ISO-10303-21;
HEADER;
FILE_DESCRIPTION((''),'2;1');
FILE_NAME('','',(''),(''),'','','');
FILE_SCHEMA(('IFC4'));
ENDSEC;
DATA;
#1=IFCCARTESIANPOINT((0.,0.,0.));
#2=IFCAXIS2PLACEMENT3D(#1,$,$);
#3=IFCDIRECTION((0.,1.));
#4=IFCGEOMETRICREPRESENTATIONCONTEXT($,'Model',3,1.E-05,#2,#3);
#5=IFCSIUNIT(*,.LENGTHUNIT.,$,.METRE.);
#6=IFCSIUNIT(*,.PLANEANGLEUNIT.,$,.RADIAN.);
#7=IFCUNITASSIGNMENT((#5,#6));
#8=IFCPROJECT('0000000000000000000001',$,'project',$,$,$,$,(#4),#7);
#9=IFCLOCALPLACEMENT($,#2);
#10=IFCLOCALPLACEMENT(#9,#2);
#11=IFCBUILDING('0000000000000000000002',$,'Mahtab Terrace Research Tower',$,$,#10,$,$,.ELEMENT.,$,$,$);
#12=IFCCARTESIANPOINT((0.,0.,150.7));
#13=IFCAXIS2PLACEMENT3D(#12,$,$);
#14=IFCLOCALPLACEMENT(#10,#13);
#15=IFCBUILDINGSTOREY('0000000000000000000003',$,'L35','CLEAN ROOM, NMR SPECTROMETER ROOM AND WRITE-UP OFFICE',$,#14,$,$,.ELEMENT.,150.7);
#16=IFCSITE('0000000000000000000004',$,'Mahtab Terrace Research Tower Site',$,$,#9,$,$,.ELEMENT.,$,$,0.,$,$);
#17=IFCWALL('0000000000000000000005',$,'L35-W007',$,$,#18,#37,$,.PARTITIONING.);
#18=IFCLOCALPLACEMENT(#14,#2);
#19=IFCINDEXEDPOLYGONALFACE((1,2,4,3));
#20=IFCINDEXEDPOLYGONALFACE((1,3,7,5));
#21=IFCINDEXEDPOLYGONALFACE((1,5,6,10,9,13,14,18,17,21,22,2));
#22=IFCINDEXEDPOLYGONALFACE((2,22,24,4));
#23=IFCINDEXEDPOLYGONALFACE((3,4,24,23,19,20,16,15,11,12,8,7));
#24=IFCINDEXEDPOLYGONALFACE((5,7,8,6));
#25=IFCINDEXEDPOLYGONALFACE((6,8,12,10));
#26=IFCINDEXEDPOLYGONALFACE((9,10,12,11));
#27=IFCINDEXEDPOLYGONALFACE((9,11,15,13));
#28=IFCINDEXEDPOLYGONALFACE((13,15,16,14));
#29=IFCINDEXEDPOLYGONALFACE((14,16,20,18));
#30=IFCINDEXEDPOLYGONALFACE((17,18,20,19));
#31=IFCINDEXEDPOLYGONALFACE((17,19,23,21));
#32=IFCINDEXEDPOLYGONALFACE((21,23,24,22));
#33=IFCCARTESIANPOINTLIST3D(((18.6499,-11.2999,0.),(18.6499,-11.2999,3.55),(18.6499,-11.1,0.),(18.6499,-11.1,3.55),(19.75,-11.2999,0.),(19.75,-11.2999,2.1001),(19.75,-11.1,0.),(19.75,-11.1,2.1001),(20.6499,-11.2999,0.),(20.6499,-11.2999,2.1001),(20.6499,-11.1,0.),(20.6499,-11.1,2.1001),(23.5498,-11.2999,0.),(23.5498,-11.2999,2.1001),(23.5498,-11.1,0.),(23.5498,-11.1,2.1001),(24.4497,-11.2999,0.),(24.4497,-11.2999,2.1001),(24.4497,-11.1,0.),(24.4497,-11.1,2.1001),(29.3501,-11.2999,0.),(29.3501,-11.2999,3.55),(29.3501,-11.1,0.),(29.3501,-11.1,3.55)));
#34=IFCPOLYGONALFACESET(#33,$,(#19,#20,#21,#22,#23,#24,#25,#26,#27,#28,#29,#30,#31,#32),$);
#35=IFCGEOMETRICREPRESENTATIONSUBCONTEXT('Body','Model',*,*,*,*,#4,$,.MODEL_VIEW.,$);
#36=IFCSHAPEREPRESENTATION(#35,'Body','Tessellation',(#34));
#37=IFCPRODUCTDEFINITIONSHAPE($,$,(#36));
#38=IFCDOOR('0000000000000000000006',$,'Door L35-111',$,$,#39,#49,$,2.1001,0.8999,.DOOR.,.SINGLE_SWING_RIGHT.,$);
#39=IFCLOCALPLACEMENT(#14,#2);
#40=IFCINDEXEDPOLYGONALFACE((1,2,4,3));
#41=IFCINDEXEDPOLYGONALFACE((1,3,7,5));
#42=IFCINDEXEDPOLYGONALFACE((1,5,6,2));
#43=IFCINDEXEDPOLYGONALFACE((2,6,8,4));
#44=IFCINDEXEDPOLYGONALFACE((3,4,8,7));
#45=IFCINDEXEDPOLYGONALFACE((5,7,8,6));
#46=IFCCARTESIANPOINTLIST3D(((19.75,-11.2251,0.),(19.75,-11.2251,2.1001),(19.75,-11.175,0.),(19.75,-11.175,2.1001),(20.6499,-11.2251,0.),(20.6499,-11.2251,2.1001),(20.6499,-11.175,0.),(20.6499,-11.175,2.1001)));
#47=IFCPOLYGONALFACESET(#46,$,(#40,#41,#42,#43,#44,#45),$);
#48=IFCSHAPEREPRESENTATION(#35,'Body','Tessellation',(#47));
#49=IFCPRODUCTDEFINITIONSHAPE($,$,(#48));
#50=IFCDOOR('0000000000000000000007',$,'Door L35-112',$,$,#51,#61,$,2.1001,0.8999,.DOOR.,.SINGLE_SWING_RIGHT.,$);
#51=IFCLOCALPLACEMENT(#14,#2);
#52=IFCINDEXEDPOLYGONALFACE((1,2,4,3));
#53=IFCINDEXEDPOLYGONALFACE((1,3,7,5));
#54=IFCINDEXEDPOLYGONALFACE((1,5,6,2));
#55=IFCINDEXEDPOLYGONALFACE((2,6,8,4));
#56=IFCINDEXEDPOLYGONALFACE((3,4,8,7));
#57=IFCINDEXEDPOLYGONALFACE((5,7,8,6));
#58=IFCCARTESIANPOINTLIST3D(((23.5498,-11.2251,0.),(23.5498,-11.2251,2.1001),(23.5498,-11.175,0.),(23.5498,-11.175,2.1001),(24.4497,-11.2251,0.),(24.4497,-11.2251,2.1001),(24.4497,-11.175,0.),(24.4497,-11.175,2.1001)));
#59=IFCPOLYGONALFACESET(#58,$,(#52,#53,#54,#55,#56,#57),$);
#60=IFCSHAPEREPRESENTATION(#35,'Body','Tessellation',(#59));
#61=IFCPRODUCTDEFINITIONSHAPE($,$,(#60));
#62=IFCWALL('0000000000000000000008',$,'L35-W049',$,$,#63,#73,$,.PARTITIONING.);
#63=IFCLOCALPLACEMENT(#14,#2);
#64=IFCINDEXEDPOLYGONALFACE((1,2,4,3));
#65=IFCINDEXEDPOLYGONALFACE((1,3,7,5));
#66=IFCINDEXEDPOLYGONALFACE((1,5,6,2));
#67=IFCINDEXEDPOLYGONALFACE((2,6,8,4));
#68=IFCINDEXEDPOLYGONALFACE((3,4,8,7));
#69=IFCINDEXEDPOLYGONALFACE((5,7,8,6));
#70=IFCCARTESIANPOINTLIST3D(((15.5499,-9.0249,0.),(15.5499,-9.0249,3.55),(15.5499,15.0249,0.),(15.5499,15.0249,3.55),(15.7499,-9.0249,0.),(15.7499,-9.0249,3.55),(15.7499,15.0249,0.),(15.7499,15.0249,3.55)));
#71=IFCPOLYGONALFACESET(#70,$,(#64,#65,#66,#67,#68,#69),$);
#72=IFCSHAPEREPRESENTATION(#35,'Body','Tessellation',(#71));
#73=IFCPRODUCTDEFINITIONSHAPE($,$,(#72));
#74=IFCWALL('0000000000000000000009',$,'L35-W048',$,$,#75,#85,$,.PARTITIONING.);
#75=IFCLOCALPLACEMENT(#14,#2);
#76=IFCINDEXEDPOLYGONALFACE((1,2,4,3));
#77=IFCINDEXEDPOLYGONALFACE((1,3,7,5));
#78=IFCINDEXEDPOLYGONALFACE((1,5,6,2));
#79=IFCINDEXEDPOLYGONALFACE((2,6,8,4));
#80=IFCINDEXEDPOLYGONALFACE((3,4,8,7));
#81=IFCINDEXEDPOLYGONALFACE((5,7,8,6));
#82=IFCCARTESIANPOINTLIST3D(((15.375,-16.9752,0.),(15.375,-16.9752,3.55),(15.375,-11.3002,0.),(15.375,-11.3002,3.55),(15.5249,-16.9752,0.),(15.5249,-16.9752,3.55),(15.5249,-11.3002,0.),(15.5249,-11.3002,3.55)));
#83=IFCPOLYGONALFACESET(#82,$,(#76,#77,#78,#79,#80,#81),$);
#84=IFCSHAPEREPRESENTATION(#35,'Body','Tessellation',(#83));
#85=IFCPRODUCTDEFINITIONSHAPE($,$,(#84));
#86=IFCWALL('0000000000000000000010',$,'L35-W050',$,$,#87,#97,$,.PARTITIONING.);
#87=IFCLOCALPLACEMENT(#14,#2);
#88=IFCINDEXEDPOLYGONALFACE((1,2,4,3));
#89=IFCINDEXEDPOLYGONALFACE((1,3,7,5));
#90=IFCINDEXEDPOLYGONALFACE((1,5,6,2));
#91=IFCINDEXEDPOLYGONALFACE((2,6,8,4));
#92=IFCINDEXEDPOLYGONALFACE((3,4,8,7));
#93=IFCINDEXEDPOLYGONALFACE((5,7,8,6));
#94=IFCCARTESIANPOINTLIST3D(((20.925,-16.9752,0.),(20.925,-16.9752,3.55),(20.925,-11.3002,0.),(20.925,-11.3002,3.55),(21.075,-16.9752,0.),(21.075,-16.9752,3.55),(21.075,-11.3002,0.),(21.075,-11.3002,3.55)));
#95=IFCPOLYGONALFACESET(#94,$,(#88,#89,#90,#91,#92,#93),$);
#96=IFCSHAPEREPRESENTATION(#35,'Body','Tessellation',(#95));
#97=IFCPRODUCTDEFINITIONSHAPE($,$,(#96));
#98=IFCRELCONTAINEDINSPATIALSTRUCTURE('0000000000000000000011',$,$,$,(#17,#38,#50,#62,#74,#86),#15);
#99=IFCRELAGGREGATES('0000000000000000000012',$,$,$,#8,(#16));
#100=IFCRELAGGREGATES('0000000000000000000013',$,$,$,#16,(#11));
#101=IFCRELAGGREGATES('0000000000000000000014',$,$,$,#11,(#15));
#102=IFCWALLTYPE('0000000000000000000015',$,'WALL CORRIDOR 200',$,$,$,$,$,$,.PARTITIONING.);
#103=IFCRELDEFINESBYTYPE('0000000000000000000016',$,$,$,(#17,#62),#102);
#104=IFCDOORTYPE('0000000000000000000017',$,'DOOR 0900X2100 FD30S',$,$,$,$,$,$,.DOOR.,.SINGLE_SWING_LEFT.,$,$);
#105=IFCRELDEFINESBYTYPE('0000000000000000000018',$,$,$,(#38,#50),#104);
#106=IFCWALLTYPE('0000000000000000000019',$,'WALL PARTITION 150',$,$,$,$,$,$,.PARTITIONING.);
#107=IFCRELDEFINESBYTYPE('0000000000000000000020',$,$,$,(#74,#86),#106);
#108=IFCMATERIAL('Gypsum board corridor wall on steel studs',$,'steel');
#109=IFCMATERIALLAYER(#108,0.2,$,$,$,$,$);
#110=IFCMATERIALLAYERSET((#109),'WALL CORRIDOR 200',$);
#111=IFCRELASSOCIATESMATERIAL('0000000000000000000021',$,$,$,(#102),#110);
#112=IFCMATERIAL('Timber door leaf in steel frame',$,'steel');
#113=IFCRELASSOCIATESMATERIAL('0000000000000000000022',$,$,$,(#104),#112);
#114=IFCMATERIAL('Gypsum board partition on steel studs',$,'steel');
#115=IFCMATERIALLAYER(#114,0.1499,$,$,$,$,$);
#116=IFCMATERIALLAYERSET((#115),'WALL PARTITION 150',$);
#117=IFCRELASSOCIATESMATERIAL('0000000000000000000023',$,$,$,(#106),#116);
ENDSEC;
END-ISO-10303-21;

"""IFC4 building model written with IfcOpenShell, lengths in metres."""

from ifc_helpers import new_model, si_unit, direction, frame, frame_2d, origin, place, context, subcontext, project, spatial, rectangle, extrude, material, layer, layer_set, type_object, element, fill, save


model = new_model("IFC4")

# Units and contexts
model_context = context("Model", 3, precision=1e-05, world=origin(), true_north=direction((0.0, 1.0)))
body_context = subcontext(model_context, "Body", "Model", "MODEL_VIEW")
ifc_project = project(units=[si_unit("LENGTHUNIT", "METRE"), si_unit("PLANEANGLEUNIT", "RADIAN")], contexts=[model_context])

# Site, building, storey
site_placement = place(None, origin())
site = spatial("IfcSite", under=ifc_project, at=site_placement, Name="Mahtab Terrace Research Tower Site", CompositionType="ELEMENT", RefElevation=0.0)
building_placement = place(site_placement, origin())
building = spatial("IfcBuilding", under=site, at=building_placement, Name="Mahtab Terrace Research Tower", CompositionType="ELEMENT")
storey_placement = place(building_placement, frame((0.0, 0.0, 150.7)))
storey = spatial("IfcBuildingStorey", under=building, at=storey_placement, Name="L35", Description="CLEAN ROOM, NMR SPECTROMETER ROOM AND WRITE-UP OFFICE", CompositionType="ELEMENT", Elevation=150.7)

# Wall, openings, doors
ifc_material_1 = material(Name="Gypsum board corridor wall on steel studs", Category="steel")
ifc_layer_1 = layer(ifc_material_1, 0.2)
ifc_layer_set_1 = layer_set([ifc_layer_1], Name="WALL CORRIDOR 200")
wall_type_1 = type_object("IfcWallType", Name="WALL CORRIDOR 200", PredefinedType="PARTITIONING", material=ifc_layer_set_1)
wall_1_placement = place(storey_placement, frame((18.6499, -11.2, 0.0), z_axis=(0.0, 0.0, 1.0), x_axis=(1.0, 0.0, 0.0)))
wall_1 = element("IfcWall", 1, at=wall_1_placement, inside=storey, type_object=wall_type_1, Name="L35-W007", PredefinedType="PARTITIONING", context=body_context, shape_type="SweptSolid", body=[
    extrude(rectangle(XDim=10.7002, YDim=0.2, at=frame_2d((5.3501, 0.0))), origin(), (0.0, 0.0, 1.0), 3.55),
])
opening_1_placement = place(wall_1_placement, frame((1.1001, 0.0, 0.0)))
opening_1 = element("IfcOpeningElement", 2, at=opening_1_placement, cuts=wall_1, PredefinedType="OPENING", context=body_context, shape_type="SweptSolid", body=[
    extrude(rectangle(XDim=0.8999, YDim=2.1001, at=frame_2d((0.45, 1.05))), frame((0.0, 0.1099, 0.0), z_axis=(0.0, -1.0, 0.0), x_axis=(1.0, 0.0, 0.0)), (0.0, 0.0, 1.0), 0.22),
])
opening_2_placement = place(wall_1_placement, frame((4.8999, 0.0, 0.0)))
opening_2 = element("IfcOpeningElement", 3, at=opening_2_placement, cuts=wall_1, PredefinedType="OPENING", context=body_context, shape_type="SweptSolid", body=[
    extrude(rectangle(XDim=0.8999, YDim=2.1001, at=frame_2d((0.45, 1.05))), frame((0.0, 0.1099, 0.0), z_axis=(0.0, -1.0, 0.0), x_axis=(1.0, 0.0, 0.0)), (0.0, 0.0, 1.0), 0.22),
])
ifc_material_2 = material(Name="Timber door leaf in steel frame", Category="steel")
door_type_1 = type_object("IfcDoorType", Name="DOOR 0900X2100 FD30S", OperationType="SINGLE_SWING_LEFT", PredefinedType="DOOR", material=ifc_material_2)
door_1_placement = place(opening_1_placement, origin())
door_1 = element("IfcDoor", 4, at=door_1_placement, inside=storey, type_object=door_type_1, Name="Door L35-111", OperationType="SINGLE_SWING_RIGHT", OverallHeight=2.1001, OverallWidth=0.8999, PredefinedType="DOOR", context=body_context, shape_type="SweptSolid", body=[
    extrude(rectangle(XDim=0.8999, YDim=2.1001, at=frame_2d((0.45, 1.05))), frame((0.0, 0.0249, 0.0), z_axis=(0.0, -1.0, 0.0), x_axis=(1.0, 0.0, 0.0)), (0.0, 0.0, 1.0), 0.05),
])
fill(opening_1, door_1)
door_2_placement = place(opening_2_placement, origin())
door_2 = element("IfcDoor", 5, at=door_2_placement, inside=storey, type_object=door_type_1, Name="Door L35-112", OperationType="SINGLE_SWING_RIGHT", OverallHeight=2.1001, OverallWidth=0.8999, PredefinedType="DOOR", context=body_context, shape_type="SweptSolid", body=[
    extrude(rectangle(XDim=0.8999, YDim=2.1001, at=frame_2d((0.45, 1.05))), frame((0.0, 0.0249, 0.0), z_axis=(0.0, -1.0, 0.0), x_axis=(1.0, 0.0, 0.0)), (0.0, 0.0, 1.0), 0.05),
])
fill(opening_2, door_2)

# Walls
wall_2_placement = place(storey_placement, frame((15.6499, -9.0249, 0.0), z_axis=(0.0, 0.0, 1.0), x_axis=(0.0, 1.0, 0.0)))
element("IfcWall", 6, at=wall_2_placement, inside=storey, type_object=wall_type_1, Name="L35-W049", PredefinedType="PARTITIONING", context=body_context, shape_type="SweptSolid", body=[
    extrude(rectangle(XDim=24.0498, YDim=0.2, at=frame_2d((12.0249, 0.0))), origin(), (0.0, 0.0, 1.0), 3.55),
])
ifc_material_3 = material(Name="Gypsum board partition on steel studs", Category="steel")
ifc_layer_2 = layer(ifc_material_3, 0.1499)
ifc_layer_set_2 = layer_set([ifc_layer_2], Name="WALL PARTITION 150")
wall_type_2 = type_object("IfcWallType", Name="WALL PARTITION 150", PredefinedType="PARTITIONING", material=ifc_layer_set_2)
for number, where, z_axis, x_axis, name in (
    (7, (15.45, -16.9751, 0.0), (0.0, 0.0, 1.0), (0.0, 1.0, 0.0), "L35-W048"),
    (8, (21.0, -16.9751, 0.0), (0.0, 0.0, 1.0), (0.0, 1.0, 0.0), "L35-W050"),
):
    element("IfcWall", number, at=place(storey_placement, frame(where, z_axis=z_axis, x_axis=x_axis)), inside=storey, type_object=wall_type_2, Name=name, PredefinedType="PARTITIONING", context=body_context, shape_type="SweptSolid", body=[
        extrude(rectangle(XDim=5.675, YDim=0.1499, at=frame_2d((2.8374, 0.0))), origin(), (0.0, 0.0, 1.0), 3.55),
    ])

save(model, "model.ifc")
